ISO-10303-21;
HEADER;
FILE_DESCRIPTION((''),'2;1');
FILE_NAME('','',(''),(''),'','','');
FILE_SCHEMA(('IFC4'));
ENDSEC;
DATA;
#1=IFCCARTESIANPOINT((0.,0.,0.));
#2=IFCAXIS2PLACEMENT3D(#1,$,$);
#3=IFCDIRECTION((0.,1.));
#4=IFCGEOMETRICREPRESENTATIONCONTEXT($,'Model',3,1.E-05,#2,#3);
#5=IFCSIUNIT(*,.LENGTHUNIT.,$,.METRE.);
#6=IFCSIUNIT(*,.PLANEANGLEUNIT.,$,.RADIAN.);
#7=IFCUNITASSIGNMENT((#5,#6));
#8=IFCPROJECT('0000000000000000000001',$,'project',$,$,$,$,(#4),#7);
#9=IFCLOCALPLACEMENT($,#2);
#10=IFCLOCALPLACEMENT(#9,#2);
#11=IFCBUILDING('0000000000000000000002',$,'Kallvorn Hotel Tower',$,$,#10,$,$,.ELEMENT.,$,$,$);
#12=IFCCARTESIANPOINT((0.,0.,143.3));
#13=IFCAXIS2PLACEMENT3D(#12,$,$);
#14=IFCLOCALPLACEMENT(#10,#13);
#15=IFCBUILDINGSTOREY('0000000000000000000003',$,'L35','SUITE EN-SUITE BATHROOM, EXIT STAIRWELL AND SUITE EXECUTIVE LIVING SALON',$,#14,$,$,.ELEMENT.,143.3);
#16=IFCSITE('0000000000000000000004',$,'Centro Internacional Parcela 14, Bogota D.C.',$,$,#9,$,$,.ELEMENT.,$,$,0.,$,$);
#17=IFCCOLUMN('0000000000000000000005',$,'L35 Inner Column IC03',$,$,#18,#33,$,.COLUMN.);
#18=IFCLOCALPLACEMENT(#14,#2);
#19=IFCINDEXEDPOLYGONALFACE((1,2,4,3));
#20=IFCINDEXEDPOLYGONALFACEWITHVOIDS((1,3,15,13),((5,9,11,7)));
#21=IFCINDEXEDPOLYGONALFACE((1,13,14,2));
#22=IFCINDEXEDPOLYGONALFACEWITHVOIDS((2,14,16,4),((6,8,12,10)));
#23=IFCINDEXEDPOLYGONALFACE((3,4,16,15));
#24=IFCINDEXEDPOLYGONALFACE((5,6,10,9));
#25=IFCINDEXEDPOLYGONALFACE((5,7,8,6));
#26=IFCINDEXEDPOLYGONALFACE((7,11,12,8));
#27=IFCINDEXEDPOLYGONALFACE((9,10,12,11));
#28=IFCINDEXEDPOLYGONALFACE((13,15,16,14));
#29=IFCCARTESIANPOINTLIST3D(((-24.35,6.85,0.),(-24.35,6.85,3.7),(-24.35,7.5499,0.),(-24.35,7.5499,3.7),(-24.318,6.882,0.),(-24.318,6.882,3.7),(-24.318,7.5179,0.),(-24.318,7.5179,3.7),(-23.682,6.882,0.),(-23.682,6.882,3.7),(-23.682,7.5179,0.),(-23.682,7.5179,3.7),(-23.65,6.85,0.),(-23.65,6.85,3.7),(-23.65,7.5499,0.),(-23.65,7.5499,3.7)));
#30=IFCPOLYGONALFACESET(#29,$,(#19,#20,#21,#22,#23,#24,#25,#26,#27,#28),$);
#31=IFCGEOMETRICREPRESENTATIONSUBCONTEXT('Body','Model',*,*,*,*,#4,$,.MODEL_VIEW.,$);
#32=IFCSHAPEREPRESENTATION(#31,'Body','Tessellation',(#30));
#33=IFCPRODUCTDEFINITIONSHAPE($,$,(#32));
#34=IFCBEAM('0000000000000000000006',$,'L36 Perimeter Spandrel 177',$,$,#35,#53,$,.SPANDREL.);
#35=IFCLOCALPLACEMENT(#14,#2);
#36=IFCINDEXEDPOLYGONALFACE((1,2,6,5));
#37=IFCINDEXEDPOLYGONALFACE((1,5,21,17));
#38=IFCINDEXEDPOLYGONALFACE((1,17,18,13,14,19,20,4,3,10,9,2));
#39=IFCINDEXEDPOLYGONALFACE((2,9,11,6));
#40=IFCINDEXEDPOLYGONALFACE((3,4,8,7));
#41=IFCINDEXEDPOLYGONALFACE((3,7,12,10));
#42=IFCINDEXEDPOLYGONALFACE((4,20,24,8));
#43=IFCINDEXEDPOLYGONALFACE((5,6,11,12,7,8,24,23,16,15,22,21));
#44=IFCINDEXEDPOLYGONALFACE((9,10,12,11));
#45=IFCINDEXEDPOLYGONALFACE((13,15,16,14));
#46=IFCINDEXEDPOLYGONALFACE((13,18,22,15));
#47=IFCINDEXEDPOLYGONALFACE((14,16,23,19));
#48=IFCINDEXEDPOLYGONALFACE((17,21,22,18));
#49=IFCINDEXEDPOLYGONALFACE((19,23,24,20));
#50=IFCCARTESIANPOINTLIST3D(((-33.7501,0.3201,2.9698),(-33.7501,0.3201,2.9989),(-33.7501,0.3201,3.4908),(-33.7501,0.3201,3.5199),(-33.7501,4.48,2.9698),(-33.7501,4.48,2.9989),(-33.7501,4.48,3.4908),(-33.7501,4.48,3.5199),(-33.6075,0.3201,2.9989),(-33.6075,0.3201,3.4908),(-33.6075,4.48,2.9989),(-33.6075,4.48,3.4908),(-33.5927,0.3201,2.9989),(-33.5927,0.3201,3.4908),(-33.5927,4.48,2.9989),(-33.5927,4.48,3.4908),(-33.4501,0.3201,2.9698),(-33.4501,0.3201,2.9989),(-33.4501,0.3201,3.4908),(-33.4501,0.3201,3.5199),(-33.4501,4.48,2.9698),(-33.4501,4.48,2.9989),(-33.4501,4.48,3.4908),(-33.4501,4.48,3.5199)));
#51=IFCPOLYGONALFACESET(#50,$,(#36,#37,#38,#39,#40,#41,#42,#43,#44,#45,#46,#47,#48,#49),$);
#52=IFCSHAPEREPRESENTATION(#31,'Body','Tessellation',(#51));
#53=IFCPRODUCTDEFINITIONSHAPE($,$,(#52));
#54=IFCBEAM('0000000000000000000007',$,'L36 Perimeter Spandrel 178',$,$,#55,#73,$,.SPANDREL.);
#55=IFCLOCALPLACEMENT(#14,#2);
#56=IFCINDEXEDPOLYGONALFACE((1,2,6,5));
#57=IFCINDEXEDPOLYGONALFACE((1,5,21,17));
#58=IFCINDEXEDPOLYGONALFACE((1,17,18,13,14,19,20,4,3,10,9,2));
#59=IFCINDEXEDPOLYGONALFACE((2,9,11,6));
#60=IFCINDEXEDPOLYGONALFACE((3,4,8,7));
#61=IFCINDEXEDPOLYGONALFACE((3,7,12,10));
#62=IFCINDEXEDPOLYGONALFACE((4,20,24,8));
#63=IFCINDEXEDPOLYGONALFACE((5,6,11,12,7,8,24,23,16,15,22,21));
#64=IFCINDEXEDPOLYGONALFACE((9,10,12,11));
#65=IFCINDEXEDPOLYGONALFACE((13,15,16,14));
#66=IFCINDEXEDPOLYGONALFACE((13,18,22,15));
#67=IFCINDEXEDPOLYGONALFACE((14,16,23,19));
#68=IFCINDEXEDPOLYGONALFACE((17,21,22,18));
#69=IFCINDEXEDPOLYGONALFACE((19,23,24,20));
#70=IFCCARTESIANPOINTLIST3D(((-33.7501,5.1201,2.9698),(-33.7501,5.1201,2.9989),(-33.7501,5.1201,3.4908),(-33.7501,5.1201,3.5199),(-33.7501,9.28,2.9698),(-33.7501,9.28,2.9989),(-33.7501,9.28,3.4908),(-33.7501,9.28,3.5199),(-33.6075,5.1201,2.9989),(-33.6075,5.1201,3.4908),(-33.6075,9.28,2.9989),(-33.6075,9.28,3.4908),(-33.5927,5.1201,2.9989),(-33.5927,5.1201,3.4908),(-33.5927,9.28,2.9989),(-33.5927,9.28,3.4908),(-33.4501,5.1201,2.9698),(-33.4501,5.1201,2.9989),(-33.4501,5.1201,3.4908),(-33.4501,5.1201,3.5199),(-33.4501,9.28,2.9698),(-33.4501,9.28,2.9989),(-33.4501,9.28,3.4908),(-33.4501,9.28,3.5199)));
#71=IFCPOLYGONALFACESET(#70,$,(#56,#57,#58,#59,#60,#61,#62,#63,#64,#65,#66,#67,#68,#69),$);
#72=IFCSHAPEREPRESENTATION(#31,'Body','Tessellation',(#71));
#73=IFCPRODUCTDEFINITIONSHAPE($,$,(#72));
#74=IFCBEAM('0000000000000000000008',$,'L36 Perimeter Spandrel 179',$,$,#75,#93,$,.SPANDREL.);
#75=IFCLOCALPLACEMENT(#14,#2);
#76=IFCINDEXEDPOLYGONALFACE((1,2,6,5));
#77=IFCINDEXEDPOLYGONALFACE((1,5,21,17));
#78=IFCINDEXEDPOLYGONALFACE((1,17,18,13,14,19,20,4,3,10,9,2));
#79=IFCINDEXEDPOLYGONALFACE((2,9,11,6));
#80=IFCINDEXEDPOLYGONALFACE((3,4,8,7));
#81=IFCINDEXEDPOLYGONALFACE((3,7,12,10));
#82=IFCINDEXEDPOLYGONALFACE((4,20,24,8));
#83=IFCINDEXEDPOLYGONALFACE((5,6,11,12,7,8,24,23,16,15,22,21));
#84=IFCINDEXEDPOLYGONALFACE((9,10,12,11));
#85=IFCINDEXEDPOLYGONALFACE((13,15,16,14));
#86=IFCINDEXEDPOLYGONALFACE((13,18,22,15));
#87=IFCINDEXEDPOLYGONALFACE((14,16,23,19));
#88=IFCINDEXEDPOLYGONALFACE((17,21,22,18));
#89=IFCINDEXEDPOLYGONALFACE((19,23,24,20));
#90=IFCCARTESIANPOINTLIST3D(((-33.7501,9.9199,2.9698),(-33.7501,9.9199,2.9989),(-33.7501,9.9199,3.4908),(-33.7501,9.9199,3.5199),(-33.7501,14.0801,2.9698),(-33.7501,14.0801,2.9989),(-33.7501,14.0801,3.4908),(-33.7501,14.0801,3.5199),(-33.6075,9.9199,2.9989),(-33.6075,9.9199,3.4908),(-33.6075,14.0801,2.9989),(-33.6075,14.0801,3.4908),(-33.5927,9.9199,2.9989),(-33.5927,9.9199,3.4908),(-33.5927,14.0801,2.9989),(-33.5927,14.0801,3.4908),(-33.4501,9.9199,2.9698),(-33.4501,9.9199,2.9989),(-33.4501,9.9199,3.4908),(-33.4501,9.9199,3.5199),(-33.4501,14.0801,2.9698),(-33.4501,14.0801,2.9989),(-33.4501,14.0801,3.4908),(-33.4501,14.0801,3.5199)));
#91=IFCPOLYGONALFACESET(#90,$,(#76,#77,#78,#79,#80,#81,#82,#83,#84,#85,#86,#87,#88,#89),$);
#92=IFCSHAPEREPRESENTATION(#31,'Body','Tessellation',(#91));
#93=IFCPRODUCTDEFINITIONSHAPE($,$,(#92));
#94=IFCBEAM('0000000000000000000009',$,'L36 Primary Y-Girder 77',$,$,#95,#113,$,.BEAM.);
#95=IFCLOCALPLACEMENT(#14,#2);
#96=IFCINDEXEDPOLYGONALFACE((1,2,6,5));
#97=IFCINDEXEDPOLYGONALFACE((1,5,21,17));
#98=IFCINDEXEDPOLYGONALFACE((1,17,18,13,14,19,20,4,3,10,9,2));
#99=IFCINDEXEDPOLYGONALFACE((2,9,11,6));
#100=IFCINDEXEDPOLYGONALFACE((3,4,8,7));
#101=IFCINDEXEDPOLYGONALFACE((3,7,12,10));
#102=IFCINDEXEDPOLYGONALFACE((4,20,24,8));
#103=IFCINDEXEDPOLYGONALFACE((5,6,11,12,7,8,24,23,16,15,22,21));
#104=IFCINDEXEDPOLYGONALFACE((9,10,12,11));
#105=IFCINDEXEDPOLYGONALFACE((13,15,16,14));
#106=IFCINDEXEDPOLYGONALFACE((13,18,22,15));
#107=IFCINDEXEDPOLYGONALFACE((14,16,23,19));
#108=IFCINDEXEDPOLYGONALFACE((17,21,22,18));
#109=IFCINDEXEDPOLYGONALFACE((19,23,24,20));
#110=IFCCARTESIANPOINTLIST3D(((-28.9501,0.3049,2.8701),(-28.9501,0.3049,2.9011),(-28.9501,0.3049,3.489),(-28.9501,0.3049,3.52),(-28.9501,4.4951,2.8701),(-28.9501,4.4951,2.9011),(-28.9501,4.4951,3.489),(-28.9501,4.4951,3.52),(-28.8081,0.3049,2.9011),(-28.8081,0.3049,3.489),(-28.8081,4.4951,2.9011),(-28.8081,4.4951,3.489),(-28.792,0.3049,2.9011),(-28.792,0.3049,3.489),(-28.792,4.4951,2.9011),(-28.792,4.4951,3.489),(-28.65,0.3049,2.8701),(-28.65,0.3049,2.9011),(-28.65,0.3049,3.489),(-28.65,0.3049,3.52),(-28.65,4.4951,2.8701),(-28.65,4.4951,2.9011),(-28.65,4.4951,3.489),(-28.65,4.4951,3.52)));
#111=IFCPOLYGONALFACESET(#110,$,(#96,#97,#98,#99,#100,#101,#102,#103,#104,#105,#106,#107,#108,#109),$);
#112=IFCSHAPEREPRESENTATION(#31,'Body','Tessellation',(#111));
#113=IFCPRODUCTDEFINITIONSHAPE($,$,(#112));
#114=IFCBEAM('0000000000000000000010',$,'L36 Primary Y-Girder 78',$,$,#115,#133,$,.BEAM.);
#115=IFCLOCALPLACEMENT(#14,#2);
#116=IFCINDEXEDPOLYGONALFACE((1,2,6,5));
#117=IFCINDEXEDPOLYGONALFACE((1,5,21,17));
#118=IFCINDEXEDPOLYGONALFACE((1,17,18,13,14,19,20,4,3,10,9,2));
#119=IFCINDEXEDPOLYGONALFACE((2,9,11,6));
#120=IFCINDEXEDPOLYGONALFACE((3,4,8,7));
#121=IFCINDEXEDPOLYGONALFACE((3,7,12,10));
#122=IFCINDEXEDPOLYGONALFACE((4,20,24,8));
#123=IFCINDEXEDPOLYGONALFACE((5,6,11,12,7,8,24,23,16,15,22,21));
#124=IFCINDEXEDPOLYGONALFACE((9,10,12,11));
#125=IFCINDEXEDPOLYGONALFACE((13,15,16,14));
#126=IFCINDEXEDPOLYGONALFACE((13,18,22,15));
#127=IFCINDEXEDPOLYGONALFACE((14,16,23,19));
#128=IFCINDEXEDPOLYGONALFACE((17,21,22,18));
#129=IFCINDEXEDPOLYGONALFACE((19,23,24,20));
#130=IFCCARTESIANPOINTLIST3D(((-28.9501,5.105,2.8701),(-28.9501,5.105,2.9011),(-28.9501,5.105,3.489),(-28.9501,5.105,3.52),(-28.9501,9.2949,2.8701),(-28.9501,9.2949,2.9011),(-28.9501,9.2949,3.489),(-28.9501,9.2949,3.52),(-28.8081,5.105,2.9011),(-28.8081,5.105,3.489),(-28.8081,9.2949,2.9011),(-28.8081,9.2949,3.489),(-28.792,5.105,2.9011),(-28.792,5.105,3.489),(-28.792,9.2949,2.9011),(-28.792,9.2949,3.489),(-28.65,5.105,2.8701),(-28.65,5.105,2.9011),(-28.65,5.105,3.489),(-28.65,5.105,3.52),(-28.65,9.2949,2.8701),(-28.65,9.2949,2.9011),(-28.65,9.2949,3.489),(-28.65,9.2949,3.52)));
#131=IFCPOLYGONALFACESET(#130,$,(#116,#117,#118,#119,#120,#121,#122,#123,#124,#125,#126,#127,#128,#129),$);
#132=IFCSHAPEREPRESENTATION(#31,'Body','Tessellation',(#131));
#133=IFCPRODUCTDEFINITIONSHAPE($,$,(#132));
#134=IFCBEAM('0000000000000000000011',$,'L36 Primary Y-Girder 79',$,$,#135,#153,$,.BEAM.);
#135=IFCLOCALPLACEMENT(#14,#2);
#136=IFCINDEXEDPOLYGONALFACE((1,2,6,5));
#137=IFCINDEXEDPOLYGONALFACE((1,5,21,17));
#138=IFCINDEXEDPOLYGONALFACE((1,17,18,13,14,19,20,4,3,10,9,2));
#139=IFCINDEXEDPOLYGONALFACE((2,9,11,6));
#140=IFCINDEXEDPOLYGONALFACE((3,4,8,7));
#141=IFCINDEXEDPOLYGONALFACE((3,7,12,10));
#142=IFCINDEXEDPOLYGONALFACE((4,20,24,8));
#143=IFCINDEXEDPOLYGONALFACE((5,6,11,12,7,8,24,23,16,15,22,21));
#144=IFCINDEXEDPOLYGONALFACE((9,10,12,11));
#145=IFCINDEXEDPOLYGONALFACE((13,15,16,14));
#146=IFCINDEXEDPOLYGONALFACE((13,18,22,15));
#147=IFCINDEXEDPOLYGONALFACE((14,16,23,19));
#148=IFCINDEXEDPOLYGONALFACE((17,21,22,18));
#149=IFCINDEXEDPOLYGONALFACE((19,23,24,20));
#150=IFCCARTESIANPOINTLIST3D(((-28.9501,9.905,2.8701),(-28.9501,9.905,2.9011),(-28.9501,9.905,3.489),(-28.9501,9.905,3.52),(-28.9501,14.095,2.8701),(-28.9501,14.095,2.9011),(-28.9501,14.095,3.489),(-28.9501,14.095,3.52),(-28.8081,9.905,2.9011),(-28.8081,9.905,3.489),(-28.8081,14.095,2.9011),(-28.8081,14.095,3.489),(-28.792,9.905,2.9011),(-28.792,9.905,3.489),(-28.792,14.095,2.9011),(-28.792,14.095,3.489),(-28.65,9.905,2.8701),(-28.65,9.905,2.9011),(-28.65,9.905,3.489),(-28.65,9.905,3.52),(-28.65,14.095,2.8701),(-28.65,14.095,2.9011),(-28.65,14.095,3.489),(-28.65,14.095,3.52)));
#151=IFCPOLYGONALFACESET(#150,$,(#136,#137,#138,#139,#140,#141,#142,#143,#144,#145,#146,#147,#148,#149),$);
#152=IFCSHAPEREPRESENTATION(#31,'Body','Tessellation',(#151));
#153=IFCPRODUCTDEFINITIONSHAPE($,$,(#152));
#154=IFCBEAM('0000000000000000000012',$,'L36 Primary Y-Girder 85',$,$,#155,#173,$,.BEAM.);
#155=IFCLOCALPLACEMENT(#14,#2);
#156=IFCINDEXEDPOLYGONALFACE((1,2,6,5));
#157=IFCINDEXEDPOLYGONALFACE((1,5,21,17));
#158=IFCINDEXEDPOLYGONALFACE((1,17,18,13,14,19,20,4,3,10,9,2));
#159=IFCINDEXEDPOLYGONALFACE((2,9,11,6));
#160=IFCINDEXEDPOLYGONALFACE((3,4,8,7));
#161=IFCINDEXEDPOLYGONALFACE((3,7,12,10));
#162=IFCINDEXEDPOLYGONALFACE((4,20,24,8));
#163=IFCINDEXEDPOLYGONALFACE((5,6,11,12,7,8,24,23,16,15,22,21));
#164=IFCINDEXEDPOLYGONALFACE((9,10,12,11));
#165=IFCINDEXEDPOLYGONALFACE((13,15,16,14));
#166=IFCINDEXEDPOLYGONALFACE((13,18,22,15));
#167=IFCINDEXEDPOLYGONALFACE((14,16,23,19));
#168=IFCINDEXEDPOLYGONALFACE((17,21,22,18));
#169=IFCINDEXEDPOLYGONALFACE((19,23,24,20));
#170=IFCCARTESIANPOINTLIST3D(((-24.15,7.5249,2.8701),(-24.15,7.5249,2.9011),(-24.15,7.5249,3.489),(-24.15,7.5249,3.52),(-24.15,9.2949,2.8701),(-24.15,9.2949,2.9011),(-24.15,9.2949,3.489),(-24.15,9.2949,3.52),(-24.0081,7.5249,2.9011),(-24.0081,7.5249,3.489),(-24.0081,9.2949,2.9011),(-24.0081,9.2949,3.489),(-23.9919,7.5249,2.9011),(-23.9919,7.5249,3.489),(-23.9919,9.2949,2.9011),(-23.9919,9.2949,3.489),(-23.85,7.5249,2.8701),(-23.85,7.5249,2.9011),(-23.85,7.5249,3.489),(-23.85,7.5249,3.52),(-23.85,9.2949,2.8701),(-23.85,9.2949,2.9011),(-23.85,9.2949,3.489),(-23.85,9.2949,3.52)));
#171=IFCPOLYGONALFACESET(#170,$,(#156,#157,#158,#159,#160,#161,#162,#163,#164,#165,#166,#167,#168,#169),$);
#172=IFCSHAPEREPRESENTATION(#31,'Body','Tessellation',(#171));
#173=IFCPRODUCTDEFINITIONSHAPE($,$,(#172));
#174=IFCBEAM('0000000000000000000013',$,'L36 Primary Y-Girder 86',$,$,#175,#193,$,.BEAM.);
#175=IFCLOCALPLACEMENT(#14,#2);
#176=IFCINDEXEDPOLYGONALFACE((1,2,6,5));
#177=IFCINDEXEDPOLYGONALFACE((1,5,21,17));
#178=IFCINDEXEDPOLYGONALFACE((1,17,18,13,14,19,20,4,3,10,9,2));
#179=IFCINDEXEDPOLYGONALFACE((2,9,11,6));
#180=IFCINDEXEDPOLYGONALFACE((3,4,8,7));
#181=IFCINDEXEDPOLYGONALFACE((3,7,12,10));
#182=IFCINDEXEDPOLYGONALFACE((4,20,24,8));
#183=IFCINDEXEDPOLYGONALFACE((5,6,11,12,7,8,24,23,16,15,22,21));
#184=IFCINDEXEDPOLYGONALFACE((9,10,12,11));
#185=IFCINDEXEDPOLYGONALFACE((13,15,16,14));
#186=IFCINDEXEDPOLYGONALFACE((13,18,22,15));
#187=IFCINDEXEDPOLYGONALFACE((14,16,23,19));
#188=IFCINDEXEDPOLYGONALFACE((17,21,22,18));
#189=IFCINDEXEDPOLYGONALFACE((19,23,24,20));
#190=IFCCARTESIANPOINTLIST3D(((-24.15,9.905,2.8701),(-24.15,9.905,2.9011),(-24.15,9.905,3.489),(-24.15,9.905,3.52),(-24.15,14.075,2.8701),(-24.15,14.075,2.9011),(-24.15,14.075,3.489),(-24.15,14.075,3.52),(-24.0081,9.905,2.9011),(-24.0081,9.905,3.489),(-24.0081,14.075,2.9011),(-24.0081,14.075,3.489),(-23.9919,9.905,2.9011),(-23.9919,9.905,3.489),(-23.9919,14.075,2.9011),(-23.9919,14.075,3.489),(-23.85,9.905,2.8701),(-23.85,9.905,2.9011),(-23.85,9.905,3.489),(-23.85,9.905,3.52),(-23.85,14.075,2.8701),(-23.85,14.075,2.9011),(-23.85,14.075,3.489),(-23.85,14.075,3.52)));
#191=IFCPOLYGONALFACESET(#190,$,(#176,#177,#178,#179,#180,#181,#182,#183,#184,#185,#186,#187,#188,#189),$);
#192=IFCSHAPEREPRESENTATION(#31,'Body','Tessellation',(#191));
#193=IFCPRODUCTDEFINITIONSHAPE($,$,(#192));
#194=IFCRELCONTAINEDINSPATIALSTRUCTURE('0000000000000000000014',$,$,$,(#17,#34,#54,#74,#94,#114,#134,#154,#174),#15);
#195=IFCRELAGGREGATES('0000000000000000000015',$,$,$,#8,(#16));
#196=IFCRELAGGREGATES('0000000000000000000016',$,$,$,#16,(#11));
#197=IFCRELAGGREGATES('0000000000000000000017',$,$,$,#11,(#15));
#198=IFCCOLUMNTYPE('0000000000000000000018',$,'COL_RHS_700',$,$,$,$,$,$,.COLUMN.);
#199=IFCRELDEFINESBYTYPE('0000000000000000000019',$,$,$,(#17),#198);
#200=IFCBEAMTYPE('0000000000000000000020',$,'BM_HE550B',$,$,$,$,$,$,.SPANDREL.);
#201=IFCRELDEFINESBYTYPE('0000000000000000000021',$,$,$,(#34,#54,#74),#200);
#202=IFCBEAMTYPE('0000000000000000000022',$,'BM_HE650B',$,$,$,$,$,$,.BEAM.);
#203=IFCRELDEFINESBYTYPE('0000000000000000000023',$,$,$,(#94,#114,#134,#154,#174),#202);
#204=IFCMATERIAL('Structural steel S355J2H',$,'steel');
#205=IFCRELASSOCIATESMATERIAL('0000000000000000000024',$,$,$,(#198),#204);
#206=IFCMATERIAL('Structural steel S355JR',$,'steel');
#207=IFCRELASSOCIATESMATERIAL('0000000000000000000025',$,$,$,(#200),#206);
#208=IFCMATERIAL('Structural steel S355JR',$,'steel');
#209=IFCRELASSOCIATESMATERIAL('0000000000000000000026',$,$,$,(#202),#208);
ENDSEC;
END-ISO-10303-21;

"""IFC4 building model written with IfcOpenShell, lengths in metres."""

from ifc_helpers import new_model, si_unit, direction, frame, origin, origin_2d, place, context, subcontext, project, spatial, hollow_rectangle, i_section, extrude, material, material_profile, profile_set, type_object, element, save


model = new_model("IFC4")

# Units and contexts
model_context = context("Model", 3, precision=1e-05, world=origin(), true_north=direction((0.0, 1.0)))
body_context = subcontext(model_context, "Body", "Model", "MODEL_VIEW")
ifc_project = project(units=[si_unit("LENGTHUNIT", "METRE"), si_unit("PLANEANGLEUNIT", "RADIAN")], contexts=[model_context])

# Site, building, storey
site_placement = place(None, origin())
site = spatial("IfcSite", under=ifc_project, at=site_placement, Name="Centro Internacional Parcela 14, Bogota D.C.", CompositionType="ELEMENT", RefElevation=0.0)
building_placement = place(site_placement, origin())
building = spatial("IfcBuilding", under=site, at=building_placement, Name="Kallvorn Hotel Tower", CompositionType="ELEMENT")
storey_placement = place(building_placement, frame((0.0, 0.0, 143.3)))
storey = spatial("IfcBuildingStorey", under=building, at=storey_placement, Name="L35", Description="SUITE EN-SUITE BATHROOM, EXIT STAIRWELL AND SUITE EXECUTIVE LIVING SALON", CompositionType="ELEMENT", Elevation=143.3)

# Column
ifc_material_1 = material(Name="Structural steel S355J2H", Category="steel")
ifc_material_profile_1 = material_profile(ifc_material_1, hollow_rectangle(XDim=0.7, YDim=0.7, WallThickness=0.032, at=origin_2d()), Name="RHS 700x700x32")
ifc_profile_set_1 = profile_set([ifc_material_profile_1], Name="Structural steel S355J2H")
column_type_1 = type_object("IfcColumnType", Name="COL_RHS_700", PredefinedType="COLUMN", material=ifc_profile_set_1)
column_placement = place(storey_placement, frame((-24.0, 7.2, 0.0), z_axis=(0.0, 0.0, 1.0), x_axis=(1.0, 0.0, 0.0)))
element("IfcColumn", 1, at=column_placement, inside=storey, type_object=column_type_1, Name="L35 Inner Column IC03", PredefinedType="COLUMN", context=body_context, shape_type="SweptSolid", body=[
    extrude(hollow_rectangle(XDim=0.7, YDim=0.7, WallThickness=0.032, at=origin_2d()), origin(), (0.0, 0.0, 1.0), 3.7),
])

# Beams
ifc_material_2 = material(Name="Structural steel S355JR", Category="steel")
ifc_material_profile_2 = material_profile(ifc_material_2, i_section(OverallWidth=0.3, OverallDepth=0.55, WebThickness=0.0149, FlangeThickness=0.0291, at=origin_2d()), Name="HE 550 B")
ifc_profile_set_2 = profile_set([ifc_material_profile_2], Name="Structural steel S355JR")
beam_type_1 = type_object("IfcBeamType", Name="BM_HE550B", PredefinedType="SPANDREL", material=ifc_profile_set_2)
for number, where, z_axis, x_axis, name in (
    (2, (-33.6001, 0.3201, 3.2449), (0.0, 1.0, 0.0), (-1.0, 0.0, 0.0), "L36 Perimeter Spandrel 177"),
    (3, (-33.6001, 5.1201, 3.2449), (0.0, 1.0, 0.0), (-1.0, 0.0, 0.0), "L36 Perimeter Spandrel 178"),
):
    element("IfcBeam", number, at=place(storey_placement, frame(where, z_axis=z_axis, x_axis=x_axis)), inside=storey, type_object=beam_type_1, Name=name, PredefinedType="SPANDREL", context=body_context, shape_type="SweptSolid", body=[
        extrude(i_section(OverallWidth=0.3, OverallDepth=0.55, WebThickness=0.0149, FlangeThickness=0.0291, at=origin_2d()), origin(), (0.0, 0.0, 1.0), 4.1599),
    ])
beam_1_placement = place(storey_placement, frame((-33.6001, 9.9199, 3.2449), z_axis=(0.0, 1.0, 0.0), x_axis=(-1.0, 0.0, 0.0)))
element("IfcBeam", 4, at=beam_1_placement, inside=storey, type_object=beam_type_1, Name="L36 Perimeter Spandrel 179", PredefinedType="SPANDREL", context=body_context, shape_type="SweptSolid", body=[
    extrude(i_section(OverallWidth=0.3, OverallDepth=0.55, WebThickness=0.0149, FlangeThickness=0.0291, at=origin_2d()), origin(), (0.0, 0.0, 1.0), 4.1602),
])
ifc_material_3 = material(Name="Structural steel S355JR", Category="steel")
ifc_material_profile_3 = material_profile(ifc_material_3, i_section(OverallWidth=0.3, OverallDepth=0.6499, WebThickness=0.0161, FlangeThickness=0.031, at=origin_2d()), Name="HE 650 B")
ifc_profile_set_3 = profile_set([ifc_material_profile_3], Name="Structural steel S355JR")
beam_type_2 = type_object("IfcBeamType", Name="BM_HE650B", PredefinedType="BEAM", material=ifc_profile_set_3)
beam_2_placement = place(storey_placement, frame((-28.8, 0.3049, 3.1951), z_axis=(0.0, 1.0, 0.0), x_axis=(-1.0, 0.0, 0.0)))
element("IfcBeam", 5, at=beam_2_placement, inside=storey, type_object=beam_type_2, Name="L36 Primary Y-Girder 77", PredefinedType="BEAM", context=body_context, shape_type="SweptSolid", body=[
    extrude(i_section(OverallWidth=0.3, OverallDepth=0.6499, WebThickness=0.0161, FlangeThickness=0.031, at=origin_2d()), origin(), (0.0, 0.0, 1.0), 4.1902),
])
for number, where, z_axis, x_axis, name in (
    (6, (-28.8, 5.105, 3.1951), (0.0, 1.0, 0.0), (-1.0, 0.0, 0.0), "L36 Primary Y-Girder 78"),
    (7, (-28.8, 9.905, 3.1951), (0.0, 1.0, 0.0), (-1.0, 0.0, 0.0), "L36 Primary Y-Girder 79"),
):
    element("IfcBeam", number, at=place(storey_placement, frame(where, z_axis=z_axis, x_axis=x_axis)), inside=storey, type_object=beam_type_2, Name=name, PredefinedType="BEAM", context=body_context, shape_type="SweptSolid", body=[
        extrude(i_section(OverallWidth=0.3, OverallDepth=0.6499, WebThickness=0.0161, FlangeThickness=0.031, at=origin_2d()), origin(), (0.0, 0.0, 1.0), 4.1899),
    ])
beam_3_placement = place(storey_placement, frame((-24.0, 7.5249, 3.1951), z_axis=(0.0, 1.0, 0.0), x_axis=(-1.0, 0.0, 0.0)))
element("IfcBeam", 8, at=beam_3_placement, inside=storey, type_object=beam_type_2, Name="L36 Primary Y-Girder 85", PredefinedType="BEAM", context=body_context, shape_type="SweptSolid", body=[
    extrude(i_section(OverallWidth=0.3, OverallDepth=0.6499, WebThickness=0.0161, FlangeThickness=0.031, at=origin_2d()), origin(), (0.0, 0.0, 1.0), 1.77),
])
beam_4_placement = place(storey_placement, frame((-24.0, 9.905, 3.1951), z_axis=(0.0, 1.0, 0.0), x_axis=(-1.0, 0.0, 0.0)))
element("IfcBeam", 9, at=beam_4_placement, inside=storey, type_object=beam_type_2, Name="L36 Primary Y-Girder 86", PredefinedType="BEAM", context=body_context, shape_type="SweptSolid", body=[
    extrude(i_section(OverallWidth=0.3, OverallDepth=0.6499, WebThickness=0.0161, FlangeThickness=0.031, at=origin_2d()), origin(), (0.0, 0.0, 1.0), 4.1699),
])

save(model, "model.ifc")
